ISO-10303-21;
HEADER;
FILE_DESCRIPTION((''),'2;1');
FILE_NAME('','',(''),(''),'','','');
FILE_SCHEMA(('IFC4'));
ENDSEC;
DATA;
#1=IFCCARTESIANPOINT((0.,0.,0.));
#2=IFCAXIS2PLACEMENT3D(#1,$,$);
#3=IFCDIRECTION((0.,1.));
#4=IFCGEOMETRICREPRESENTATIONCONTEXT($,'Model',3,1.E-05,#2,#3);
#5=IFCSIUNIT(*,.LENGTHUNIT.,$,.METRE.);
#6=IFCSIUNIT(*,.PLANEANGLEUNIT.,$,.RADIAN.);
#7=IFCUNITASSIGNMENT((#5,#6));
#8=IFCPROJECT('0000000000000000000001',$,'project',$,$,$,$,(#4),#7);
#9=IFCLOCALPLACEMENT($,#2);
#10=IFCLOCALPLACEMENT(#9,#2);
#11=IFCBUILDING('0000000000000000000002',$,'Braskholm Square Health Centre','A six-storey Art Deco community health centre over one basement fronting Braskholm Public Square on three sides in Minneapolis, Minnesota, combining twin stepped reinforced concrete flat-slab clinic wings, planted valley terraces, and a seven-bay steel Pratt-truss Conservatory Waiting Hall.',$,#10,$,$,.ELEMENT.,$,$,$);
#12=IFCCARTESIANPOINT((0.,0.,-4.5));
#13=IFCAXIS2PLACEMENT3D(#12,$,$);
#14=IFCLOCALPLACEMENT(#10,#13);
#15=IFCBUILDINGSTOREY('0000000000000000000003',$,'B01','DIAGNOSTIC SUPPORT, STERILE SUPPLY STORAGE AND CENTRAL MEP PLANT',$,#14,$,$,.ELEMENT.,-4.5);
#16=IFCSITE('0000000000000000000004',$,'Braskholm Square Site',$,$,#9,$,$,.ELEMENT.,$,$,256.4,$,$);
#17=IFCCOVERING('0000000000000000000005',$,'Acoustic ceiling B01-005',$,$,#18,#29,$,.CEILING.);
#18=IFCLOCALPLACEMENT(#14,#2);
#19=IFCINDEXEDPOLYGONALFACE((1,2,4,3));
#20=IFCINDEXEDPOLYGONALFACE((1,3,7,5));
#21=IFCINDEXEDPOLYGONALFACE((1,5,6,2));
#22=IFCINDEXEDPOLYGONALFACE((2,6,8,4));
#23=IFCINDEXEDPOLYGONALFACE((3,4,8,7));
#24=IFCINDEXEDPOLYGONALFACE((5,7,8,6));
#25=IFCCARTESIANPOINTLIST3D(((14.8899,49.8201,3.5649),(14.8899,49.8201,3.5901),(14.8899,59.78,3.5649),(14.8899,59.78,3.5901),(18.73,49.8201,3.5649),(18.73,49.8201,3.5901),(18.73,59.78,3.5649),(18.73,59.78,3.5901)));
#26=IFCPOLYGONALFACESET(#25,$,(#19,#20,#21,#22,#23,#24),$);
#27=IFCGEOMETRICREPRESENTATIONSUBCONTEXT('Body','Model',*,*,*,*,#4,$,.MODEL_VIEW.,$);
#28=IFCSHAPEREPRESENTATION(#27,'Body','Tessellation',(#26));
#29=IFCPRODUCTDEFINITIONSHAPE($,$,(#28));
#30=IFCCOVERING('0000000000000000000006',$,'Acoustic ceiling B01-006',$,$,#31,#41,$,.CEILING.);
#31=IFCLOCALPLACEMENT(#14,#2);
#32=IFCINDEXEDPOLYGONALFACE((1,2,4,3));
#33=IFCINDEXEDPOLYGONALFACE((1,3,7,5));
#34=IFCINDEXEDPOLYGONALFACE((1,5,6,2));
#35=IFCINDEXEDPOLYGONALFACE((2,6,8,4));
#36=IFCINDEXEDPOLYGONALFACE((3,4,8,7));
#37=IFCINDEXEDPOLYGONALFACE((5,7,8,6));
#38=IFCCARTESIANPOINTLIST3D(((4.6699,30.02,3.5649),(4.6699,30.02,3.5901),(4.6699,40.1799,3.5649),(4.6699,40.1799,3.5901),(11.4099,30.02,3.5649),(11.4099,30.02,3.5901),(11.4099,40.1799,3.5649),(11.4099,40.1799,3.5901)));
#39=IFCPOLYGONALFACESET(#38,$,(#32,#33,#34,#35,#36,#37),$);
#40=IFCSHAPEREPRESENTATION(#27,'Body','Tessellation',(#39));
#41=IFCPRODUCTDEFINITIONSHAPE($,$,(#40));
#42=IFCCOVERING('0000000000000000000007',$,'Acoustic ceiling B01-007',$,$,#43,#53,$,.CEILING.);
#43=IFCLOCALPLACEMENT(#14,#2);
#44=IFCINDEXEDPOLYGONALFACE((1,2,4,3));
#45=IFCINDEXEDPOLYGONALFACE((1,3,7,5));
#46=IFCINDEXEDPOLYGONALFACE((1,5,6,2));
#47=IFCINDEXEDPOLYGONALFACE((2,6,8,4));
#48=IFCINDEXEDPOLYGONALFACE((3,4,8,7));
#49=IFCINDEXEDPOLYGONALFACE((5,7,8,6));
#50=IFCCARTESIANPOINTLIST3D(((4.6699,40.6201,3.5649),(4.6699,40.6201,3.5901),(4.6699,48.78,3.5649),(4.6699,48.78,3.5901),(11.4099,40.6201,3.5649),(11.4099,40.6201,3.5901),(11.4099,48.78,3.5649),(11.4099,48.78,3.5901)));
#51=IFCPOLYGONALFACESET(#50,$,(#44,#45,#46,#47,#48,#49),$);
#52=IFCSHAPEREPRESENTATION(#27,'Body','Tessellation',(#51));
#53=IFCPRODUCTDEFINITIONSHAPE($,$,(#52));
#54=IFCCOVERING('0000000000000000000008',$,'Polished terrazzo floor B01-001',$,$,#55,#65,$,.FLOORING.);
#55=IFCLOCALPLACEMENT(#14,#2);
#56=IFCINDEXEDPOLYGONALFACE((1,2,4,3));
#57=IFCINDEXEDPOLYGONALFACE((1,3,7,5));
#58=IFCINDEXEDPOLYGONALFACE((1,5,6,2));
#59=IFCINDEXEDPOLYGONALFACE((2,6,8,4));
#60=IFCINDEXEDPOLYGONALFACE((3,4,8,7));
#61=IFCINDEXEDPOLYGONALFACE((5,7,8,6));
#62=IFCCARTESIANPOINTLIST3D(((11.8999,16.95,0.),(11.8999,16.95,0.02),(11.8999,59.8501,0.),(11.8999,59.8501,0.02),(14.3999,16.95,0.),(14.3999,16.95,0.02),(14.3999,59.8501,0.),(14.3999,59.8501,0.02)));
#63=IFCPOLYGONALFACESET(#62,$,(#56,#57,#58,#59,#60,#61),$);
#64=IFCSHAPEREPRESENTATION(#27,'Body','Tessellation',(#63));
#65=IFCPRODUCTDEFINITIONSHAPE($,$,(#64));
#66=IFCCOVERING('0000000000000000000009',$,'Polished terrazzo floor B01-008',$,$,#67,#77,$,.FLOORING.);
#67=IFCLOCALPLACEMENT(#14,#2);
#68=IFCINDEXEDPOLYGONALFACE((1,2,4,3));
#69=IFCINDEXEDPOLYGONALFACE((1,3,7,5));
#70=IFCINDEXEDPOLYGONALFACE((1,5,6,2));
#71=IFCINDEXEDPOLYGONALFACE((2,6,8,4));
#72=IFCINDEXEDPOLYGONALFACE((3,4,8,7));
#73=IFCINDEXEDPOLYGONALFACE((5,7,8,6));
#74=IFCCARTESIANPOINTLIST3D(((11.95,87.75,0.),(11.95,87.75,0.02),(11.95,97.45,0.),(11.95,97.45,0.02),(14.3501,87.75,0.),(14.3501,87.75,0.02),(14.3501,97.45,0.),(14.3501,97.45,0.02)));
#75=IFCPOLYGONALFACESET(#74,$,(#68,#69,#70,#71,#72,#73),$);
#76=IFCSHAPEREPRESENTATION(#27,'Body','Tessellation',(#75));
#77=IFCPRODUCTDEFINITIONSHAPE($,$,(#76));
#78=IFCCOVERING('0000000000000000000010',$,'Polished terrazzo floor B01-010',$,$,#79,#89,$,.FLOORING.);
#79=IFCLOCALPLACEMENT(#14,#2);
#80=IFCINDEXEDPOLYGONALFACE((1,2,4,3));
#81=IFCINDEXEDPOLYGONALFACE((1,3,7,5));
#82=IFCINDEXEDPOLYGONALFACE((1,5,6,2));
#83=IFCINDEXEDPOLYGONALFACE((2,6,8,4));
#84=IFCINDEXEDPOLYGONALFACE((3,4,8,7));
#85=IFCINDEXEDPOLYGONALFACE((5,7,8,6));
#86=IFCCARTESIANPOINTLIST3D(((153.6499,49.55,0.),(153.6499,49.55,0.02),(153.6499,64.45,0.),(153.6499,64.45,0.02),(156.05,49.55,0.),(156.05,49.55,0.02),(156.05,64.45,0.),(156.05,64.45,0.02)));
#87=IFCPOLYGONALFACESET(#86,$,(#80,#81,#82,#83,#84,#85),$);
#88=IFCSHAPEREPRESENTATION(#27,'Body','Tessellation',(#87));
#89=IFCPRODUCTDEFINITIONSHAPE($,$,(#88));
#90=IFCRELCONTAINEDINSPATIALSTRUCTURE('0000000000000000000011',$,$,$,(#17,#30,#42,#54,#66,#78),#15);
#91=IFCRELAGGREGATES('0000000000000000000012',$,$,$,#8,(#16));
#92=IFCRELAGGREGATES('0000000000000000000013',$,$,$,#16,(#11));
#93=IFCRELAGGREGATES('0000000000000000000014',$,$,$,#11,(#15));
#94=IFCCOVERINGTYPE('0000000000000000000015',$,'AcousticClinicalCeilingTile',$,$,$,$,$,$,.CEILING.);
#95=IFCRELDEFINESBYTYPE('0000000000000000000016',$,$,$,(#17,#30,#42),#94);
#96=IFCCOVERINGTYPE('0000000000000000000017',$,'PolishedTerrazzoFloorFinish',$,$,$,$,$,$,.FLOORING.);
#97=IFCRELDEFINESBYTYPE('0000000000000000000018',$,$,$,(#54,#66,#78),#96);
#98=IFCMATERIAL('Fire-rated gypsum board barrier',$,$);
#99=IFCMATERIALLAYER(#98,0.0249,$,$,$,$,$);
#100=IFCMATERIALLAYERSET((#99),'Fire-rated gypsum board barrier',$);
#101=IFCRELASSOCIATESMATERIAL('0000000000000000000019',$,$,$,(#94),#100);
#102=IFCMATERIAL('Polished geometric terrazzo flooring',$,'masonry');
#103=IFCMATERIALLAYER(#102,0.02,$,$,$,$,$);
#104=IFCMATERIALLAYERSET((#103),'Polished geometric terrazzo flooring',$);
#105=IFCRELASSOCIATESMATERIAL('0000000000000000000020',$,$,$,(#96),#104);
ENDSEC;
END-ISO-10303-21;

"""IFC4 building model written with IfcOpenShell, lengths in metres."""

from ifc_helpers import new_model, si_unit, direction, frame, origin, place, context, subcontext, project, spatial, polyline, outline, extrude, material, layer, layer_set, type_object, element, save


model = new_model("IFC4")

# Units and contexts
model_context = context("Model", 3, precision=1e-05, world=origin(), true_north=direction((0.0, 1.0)))
body_context = subcontext(model_context, "Body", "Model", "MODEL_VIEW")
ifc_project = project(units=[si_unit("LENGTHUNIT", "METRE"), si_unit("PLANEANGLEUNIT", "RADIAN")], contexts=[model_context])

# Site, building, storey
site_placement = place(None, origin())
site = spatial("IfcSite", under=ifc_project, at=site_placement, Name="Braskholm Square Site", CompositionType="ELEMENT", RefElevation=256.4)
building_placement = place(site_placement, origin())
building = spatial("IfcBuilding", under=site, at=building_placement, Name="Braskholm Square Health Centre", Description="A six-storey Art Deco community health centre over one basement fronting Braskholm Public Square on three sides in Minneapolis, Minnesota, combining twin stepped reinforced concrete flat-slab clinic wings, planted valley terraces, and a seven-bay steel Pratt-truss Conservatory Waiting Hall.", CompositionType="ELEMENT")
storey_placement = place(building_placement, frame((0.0, 0.0, -4.5)))
storey = spatial("IfcBuildingStorey", under=building, at=storey_placement, Name="B01", Description="DIAGNOSTIC SUPPORT, STERILE SUPPLY STORAGE AND CENTRAL MEP PLANT", CompositionType="ELEMENT", Elevation=-4.5)

# Coverings
ifc_material_1 = material(Name="Fire-rated gypsum board barrier")
ifc_layer_1 = layer(ifc_material_1, 0.0249)
ifc_layer_set_1 = layer_set([ifc_layer_1], Name="Fire-rated gypsum board barrier")
covering_type_1 = type_object("IfcCoveringType", Name="AcousticClinicalCeilingTile", PredefinedType="CEILING", material=ifc_layer_set_1)
covering_1_placement = place(storey_placement, frame((0.0, 0.0, 3.5649)))
element("IfcCovering", 1, at=covering_1_placement, inside=storey, type_object=covering_type_1, Name="Acoustic ceiling B01-005", PredefinedType="CEILING", context=body_context, shape_type="SweptSolid", body=[
    extrude(outline(polyline([(14.8899, 49.8201), (18.73, 49.8201), (18.73, 59.78), (14.8899, 59.78), (14.8899, 49.8201)])), origin(), (0.0, 0.0, 1.0), 0.0251),
])
covering_2_placement = place(storey_placement, frame((0.0, 0.0, 3.5649)))
element("IfcCovering", 2, at=covering_2_placement, inside=storey, type_object=covering_type_1, Name="Acoustic ceiling B01-006", PredefinedType="CEILING", context=body_context, shape_type="SweptSolid", body=[
    extrude(outline(polyline([(4.6699, 30.02), (11.4099, 30.02), (11.4099, 40.1799), (4.6699, 40.1799), (4.6699, 30.02)])), origin(), (0.0, 0.0, 1.0), 0.0251),
])
covering_3_placement = place(storey_placement, frame((0.0, 0.0, 3.5649)))
element("IfcCovering", 3, at=covering_3_placement, inside=storey, type_object=covering_type_1, Name="Acoustic ceiling B01-007", PredefinedType="CEILING", context=body_context, shape_type="SweptSolid", body=[
    extrude(outline(polyline([(4.6699, 40.6201), (11.4099, 40.6201), (11.4099, 48.78), (4.6699, 48.78), (4.6699, 40.6201)])), origin(), (0.0, 0.0, 1.0), 0.0251),
])
ifc_material_2 = material(Name="Polished geometric terrazzo flooring", Category="masonry")
ifc_layer_2 = layer(ifc_material_2, 0.02)
ifc_layer_set_2 = layer_set([ifc_layer_2], Name="Polished geometric terrazzo flooring")
covering_type_2 = type_object("IfcCoveringType", Name="PolishedTerrazzoFloorFinish", PredefinedType="FLOORING", material=ifc_layer_set_2)
covering_4_placement = place(storey_placement, origin())
element("IfcCovering", 4, at=covering_4_placement, inside=storey, type_object=covering_type_2, Name="Polished terrazzo floor B01-001", PredefinedType="FLOORING", context=body_context, shape_type="SweptSolid", body=[
    extrude(outline(polyline([(11.8999, 16.95), (14.3999, 16.95), (14.3999, 59.8501), (11.8999, 59.8501), (11.8999, 16.95)])), origin(), (0.0, 0.0, 1.0), 0.02),
])
covering_5_placement = place(storey_placement, origin())
element("IfcCovering", 5, at=covering_5_placement, inside=storey, type_object=covering_type_2, Name="Polished terrazzo floor B01-008", PredefinedType="FLOORING", context=body_context, shape_type="SweptSolid", body=[
    extrude(outline(polyline([(11.95, 87.75), (14.3501, 87.75), (14.3501, 97.45), (11.95, 97.45), (11.95, 87.75)])), origin(), (0.0, 0.0, 1.0), 0.02),
])
covering_6_placement = place(storey_placement, origin())
element("IfcCovering", 6, at=covering_6_placement, inside=storey, type_object=covering_type_2, Name="Polished terrazzo floor B01-010", PredefinedType="FLOORING", context=body_context, shape_type="SweptSolid", body=[
    extrude(outline(polyline([(153.6499, 49.55), (156.05, 49.55), (156.05, 64.45), (153.6499, 64.45), (153.6499, 49.55)])), origin(), (0.0, 0.0, 1.0), 0.02),
])

save(model, "model.ifc")
